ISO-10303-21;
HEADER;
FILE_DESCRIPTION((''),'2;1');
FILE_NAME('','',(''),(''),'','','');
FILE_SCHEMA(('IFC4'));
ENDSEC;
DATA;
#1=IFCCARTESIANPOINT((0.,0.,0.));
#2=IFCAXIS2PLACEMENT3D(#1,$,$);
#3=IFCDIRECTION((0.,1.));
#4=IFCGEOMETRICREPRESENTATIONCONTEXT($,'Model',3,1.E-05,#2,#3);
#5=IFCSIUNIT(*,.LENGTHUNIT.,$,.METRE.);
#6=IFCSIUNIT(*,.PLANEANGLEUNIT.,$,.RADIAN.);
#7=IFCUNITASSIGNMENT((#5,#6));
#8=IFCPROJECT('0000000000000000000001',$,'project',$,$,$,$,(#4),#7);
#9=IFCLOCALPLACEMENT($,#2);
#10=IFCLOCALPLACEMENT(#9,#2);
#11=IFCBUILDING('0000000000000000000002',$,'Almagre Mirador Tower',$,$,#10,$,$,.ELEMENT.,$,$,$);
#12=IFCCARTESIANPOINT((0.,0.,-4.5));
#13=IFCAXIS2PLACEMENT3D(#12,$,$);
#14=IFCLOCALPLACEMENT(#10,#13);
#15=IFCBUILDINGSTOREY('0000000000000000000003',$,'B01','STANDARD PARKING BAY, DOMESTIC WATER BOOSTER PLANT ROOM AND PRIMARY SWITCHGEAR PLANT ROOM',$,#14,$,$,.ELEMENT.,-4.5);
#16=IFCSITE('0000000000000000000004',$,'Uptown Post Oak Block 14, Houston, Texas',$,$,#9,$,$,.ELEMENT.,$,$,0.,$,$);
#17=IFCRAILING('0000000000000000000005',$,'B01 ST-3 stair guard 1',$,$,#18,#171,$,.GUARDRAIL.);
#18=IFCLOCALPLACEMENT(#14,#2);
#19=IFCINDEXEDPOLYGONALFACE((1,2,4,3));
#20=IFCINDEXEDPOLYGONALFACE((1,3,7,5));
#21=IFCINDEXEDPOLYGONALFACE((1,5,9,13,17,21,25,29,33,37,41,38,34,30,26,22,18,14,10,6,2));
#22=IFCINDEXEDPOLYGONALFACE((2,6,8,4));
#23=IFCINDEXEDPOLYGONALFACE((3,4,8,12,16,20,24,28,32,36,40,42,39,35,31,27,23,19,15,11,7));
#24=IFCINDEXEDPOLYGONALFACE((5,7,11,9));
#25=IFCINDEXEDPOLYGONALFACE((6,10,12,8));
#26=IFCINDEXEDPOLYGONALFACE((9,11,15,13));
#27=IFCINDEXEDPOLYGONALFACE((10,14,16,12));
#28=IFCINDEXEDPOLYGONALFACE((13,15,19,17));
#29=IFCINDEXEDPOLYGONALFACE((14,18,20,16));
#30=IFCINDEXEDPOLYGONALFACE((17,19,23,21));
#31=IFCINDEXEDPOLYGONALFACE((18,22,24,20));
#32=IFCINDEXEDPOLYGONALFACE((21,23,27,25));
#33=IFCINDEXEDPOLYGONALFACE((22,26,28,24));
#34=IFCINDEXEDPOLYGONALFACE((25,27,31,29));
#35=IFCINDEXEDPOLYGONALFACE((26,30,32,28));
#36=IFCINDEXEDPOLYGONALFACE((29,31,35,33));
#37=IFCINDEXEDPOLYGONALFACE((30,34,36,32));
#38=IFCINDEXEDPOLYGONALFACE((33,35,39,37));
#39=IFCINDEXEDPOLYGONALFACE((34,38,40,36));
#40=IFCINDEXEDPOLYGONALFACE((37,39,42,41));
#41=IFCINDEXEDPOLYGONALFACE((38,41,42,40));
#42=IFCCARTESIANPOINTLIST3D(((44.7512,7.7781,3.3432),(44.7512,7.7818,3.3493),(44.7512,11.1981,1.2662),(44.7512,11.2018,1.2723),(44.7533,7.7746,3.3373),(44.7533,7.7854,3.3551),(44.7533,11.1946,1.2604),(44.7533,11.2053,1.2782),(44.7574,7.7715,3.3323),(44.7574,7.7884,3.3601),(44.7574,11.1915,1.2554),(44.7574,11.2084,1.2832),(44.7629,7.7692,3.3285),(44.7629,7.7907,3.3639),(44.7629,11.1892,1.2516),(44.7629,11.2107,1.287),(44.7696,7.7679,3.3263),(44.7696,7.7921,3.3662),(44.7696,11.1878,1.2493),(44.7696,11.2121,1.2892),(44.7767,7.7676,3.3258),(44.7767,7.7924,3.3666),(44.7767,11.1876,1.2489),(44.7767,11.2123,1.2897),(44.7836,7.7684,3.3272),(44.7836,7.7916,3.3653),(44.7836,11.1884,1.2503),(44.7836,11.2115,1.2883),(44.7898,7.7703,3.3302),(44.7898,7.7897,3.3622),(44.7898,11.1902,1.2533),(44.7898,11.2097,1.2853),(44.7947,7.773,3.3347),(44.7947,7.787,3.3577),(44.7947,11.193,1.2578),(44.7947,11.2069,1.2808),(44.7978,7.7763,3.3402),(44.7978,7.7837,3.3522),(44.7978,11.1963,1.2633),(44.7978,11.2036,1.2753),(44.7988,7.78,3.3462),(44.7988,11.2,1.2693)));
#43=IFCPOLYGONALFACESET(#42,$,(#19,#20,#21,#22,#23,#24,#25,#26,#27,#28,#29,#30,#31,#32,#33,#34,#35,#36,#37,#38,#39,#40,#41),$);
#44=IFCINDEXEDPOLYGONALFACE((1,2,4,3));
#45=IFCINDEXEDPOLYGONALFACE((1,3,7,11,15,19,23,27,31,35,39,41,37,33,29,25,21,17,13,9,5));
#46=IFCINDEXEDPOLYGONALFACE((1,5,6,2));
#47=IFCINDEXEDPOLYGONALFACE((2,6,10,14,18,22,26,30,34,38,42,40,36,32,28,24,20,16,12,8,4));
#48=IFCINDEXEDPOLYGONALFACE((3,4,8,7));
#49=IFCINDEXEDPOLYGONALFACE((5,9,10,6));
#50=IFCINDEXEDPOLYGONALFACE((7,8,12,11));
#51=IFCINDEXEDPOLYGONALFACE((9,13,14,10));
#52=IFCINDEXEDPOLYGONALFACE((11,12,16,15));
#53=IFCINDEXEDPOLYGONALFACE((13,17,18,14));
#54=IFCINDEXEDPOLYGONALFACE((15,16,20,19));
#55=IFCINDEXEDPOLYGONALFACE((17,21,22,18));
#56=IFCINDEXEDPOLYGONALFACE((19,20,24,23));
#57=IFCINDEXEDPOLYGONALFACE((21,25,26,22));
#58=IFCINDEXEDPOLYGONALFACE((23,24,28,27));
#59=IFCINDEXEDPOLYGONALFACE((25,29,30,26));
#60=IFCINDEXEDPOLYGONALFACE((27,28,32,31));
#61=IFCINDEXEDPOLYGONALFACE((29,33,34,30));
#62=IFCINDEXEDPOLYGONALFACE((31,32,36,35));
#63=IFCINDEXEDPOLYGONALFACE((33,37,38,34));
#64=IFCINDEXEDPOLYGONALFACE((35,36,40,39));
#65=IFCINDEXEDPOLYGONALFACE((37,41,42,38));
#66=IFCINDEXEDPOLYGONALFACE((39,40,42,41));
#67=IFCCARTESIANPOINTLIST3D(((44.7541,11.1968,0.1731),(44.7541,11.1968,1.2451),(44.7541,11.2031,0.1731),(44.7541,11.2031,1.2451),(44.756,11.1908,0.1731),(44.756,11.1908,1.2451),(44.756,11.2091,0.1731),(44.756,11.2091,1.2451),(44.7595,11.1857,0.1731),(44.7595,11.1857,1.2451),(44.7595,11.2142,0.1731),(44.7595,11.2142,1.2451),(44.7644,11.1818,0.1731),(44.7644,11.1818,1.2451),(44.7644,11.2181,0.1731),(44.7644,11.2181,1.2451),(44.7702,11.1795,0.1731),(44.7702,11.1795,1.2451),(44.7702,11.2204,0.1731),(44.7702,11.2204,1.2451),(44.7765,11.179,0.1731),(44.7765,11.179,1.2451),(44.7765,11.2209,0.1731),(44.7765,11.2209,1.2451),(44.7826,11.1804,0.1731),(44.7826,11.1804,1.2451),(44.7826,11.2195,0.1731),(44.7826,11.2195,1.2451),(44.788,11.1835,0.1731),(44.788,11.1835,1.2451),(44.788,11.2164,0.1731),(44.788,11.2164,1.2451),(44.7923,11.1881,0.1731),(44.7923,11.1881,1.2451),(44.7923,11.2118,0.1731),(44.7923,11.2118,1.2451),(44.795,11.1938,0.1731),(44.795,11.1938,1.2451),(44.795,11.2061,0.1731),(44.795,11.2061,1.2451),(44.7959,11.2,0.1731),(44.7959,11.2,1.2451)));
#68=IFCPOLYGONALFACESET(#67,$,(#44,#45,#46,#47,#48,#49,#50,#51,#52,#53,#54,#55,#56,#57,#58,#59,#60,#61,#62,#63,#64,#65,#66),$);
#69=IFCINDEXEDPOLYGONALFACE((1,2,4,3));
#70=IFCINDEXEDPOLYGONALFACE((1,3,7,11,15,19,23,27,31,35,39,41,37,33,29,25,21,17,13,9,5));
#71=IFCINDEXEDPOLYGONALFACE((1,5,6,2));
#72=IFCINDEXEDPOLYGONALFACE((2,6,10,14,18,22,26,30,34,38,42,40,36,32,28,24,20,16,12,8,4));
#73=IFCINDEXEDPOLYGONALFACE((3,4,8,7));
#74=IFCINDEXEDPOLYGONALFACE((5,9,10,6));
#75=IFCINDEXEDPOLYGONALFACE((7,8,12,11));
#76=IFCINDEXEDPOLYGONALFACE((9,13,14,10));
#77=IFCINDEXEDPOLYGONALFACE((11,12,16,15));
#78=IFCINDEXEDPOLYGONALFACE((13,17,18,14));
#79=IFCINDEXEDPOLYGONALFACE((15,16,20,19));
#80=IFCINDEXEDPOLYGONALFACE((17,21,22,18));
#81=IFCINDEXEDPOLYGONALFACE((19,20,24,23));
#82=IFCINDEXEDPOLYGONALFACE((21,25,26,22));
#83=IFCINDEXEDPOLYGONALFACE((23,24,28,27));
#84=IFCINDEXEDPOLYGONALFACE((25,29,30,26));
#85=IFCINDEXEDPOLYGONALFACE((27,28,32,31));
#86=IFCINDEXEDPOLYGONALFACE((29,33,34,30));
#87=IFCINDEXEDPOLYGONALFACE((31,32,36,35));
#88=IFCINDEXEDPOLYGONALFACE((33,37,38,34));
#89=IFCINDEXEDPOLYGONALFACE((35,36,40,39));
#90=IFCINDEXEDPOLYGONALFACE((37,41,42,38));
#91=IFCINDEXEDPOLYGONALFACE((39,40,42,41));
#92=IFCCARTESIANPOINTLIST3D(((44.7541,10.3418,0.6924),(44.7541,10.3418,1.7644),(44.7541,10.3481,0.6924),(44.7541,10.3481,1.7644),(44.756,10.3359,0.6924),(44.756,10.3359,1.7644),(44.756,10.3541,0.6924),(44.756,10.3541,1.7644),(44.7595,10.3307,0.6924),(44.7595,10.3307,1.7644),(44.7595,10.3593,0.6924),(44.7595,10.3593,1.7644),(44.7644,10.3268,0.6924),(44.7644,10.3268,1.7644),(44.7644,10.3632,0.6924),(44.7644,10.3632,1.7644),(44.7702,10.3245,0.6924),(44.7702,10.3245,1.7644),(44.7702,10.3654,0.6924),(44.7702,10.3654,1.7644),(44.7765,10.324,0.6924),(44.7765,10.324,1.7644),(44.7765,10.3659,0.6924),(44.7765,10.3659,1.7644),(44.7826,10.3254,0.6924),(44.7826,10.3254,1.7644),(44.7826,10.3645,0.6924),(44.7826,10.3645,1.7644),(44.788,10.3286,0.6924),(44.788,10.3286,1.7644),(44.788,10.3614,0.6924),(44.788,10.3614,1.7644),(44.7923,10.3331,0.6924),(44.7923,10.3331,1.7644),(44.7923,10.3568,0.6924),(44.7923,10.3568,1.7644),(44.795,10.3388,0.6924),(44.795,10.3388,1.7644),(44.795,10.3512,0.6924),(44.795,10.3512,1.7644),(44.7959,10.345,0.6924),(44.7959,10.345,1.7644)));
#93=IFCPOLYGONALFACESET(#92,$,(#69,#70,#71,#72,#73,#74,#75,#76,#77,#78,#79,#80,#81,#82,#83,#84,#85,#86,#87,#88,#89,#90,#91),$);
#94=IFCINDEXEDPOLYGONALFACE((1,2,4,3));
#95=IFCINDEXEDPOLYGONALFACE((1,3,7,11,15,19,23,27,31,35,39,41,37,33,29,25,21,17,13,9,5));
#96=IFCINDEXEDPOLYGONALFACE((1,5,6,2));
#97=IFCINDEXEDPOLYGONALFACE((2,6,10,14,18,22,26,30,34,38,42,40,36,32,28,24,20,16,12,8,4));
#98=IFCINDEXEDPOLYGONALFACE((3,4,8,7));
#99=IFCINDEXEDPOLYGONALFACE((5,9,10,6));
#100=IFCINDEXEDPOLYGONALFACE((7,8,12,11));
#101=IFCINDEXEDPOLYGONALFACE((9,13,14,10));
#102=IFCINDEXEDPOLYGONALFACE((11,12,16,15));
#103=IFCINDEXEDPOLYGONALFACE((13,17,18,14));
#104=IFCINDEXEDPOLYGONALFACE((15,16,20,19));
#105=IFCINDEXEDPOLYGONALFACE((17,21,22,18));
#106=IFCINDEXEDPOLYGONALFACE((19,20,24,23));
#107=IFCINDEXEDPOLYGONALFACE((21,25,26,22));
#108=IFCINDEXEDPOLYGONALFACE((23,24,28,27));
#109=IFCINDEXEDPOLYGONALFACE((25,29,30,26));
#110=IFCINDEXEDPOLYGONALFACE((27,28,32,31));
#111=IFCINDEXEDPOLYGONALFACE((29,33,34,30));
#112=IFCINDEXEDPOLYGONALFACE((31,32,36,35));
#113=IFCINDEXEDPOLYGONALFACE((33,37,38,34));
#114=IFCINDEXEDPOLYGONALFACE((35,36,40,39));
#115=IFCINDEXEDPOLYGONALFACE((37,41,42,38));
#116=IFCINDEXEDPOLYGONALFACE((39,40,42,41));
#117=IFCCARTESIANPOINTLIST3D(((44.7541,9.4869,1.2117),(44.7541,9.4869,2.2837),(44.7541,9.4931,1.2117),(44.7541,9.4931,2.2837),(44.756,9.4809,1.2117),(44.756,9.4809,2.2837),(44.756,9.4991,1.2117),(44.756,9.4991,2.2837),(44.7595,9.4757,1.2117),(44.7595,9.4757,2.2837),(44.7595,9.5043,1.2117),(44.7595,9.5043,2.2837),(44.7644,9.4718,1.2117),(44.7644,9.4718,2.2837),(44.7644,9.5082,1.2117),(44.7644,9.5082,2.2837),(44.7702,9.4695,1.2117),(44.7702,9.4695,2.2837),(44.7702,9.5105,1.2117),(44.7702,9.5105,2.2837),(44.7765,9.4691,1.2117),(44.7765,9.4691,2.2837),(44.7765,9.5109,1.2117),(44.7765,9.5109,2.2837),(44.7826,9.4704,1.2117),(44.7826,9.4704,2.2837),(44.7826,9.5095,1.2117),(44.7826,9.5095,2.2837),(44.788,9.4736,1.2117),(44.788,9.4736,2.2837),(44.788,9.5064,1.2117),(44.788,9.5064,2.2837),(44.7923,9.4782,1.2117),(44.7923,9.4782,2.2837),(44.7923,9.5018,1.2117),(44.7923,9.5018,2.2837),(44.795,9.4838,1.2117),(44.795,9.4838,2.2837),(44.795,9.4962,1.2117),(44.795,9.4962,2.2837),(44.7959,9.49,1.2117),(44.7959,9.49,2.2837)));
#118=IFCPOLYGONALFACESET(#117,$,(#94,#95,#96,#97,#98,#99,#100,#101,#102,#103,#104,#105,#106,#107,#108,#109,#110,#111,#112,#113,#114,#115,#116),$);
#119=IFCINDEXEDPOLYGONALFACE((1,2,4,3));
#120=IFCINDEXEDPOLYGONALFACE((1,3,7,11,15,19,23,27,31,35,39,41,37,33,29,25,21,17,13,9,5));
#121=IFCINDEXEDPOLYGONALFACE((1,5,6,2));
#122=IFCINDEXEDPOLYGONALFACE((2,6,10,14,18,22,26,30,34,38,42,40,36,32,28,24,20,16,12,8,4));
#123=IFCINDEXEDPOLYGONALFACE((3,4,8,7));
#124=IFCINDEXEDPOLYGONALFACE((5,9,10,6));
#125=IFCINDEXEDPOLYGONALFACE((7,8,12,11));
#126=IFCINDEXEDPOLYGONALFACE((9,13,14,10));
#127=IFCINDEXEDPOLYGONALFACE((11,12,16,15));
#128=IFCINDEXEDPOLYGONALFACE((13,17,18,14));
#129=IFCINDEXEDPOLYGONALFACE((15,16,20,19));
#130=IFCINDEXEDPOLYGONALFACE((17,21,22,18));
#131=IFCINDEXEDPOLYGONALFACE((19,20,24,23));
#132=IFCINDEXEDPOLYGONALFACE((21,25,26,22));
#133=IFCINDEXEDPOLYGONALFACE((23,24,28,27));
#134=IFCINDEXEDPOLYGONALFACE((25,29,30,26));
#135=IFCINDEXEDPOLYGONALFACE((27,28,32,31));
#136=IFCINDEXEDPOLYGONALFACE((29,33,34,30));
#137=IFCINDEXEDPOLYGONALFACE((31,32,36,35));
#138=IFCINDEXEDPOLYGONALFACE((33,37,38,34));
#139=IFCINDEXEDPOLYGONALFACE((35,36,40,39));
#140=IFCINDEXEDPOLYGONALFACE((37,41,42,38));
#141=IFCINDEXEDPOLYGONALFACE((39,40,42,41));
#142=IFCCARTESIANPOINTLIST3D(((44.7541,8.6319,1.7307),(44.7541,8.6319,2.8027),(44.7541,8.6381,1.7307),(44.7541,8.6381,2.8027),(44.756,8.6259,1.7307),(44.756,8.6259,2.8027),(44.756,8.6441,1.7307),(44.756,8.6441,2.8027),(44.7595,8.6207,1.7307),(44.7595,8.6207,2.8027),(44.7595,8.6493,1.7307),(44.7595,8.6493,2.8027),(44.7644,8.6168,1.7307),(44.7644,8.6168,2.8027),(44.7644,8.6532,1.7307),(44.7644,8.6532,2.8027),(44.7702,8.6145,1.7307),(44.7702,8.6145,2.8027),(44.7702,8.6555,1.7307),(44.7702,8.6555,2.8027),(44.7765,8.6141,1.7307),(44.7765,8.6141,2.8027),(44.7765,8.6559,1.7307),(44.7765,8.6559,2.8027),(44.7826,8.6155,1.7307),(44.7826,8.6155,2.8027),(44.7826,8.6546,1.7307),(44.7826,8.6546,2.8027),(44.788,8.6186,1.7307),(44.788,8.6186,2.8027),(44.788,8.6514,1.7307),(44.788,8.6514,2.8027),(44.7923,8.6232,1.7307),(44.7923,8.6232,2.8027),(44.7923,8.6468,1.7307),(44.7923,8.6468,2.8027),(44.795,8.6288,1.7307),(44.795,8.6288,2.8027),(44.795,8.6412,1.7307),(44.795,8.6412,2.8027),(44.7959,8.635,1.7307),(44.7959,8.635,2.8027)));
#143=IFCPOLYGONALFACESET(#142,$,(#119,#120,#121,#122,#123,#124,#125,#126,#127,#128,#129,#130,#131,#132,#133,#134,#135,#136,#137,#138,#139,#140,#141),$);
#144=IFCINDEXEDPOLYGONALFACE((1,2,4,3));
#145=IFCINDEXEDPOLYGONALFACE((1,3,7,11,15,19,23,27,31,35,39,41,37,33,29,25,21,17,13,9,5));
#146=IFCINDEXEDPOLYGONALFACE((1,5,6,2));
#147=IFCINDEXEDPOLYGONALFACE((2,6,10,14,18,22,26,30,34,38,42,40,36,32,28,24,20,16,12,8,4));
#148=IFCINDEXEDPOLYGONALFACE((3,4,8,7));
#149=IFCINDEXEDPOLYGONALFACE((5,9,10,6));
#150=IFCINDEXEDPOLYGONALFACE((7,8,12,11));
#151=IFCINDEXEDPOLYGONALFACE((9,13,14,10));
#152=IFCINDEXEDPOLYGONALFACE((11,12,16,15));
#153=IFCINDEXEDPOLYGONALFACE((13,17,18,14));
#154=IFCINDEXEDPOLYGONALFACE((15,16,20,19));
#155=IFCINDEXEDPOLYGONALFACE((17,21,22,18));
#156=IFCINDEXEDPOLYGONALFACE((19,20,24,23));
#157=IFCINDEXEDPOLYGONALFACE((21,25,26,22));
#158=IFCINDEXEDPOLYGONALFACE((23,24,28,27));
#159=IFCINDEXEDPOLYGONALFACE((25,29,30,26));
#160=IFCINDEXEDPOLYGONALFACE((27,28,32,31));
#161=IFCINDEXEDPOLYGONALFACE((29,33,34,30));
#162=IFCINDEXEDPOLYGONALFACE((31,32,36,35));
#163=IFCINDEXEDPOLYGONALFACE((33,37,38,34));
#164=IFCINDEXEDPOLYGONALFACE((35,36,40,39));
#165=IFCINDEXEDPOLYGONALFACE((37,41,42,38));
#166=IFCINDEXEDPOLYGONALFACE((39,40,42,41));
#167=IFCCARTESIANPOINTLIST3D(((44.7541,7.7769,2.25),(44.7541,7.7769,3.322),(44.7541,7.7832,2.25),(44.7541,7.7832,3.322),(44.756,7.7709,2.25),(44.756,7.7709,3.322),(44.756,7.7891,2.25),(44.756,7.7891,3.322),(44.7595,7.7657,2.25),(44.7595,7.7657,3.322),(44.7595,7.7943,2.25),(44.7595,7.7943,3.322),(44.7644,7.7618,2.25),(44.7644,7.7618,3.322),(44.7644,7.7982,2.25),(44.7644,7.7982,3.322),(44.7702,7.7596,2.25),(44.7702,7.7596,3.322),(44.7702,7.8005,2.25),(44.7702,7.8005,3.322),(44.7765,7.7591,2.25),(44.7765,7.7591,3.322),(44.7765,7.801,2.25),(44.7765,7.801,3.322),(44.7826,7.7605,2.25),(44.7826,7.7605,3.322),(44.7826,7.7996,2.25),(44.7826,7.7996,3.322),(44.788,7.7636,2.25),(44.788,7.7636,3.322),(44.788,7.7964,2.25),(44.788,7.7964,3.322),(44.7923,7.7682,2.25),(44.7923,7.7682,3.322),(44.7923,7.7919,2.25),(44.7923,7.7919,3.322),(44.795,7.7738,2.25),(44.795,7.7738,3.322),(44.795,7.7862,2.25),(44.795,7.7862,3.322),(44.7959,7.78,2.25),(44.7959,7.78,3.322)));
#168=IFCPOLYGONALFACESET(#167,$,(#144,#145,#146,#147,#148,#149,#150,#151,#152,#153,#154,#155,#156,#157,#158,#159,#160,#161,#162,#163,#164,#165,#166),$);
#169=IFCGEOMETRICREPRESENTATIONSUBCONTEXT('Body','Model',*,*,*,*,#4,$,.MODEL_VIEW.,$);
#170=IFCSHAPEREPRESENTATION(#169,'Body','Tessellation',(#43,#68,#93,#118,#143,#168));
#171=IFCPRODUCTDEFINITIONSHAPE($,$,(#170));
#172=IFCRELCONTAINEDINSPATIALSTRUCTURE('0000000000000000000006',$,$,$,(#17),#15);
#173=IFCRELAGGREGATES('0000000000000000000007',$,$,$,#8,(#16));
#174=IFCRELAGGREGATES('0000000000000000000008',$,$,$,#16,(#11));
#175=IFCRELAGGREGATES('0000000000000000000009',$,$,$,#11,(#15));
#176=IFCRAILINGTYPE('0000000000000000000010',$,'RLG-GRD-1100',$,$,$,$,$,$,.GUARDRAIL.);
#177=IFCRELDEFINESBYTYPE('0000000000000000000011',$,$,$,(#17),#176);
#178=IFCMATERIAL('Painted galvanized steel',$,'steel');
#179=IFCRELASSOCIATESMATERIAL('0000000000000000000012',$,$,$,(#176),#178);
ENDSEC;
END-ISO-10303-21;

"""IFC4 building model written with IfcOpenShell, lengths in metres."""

from ifc_helpers import new_model, si_unit, direction, frame, origin, origin_2d, place, context, subcontext, project, spatial, circle, extrude, material, type_object, element, save


model = new_model("IFC4")

# Units and contexts
model_context = context("Model", 3, precision=1e-05, world=origin(), true_north=direction((0.0, 1.0)))
body_context = subcontext(model_context, "Body", "Model", "MODEL_VIEW")
ifc_project = project(units=[si_unit("LENGTHUNIT", "METRE"), si_unit("PLANEANGLEUNIT", "RADIAN")], contexts=[model_context])

# Site, building, storey
site_placement = place(None, origin())
site = spatial("IfcSite", under=ifc_project, at=site_placement, Name="Uptown Post Oak Block 14, Houston, Texas", CompositionType="ELEMENT", RefElevation=0.0)
building_placement = place(site_placement, origin())
building = spatial("IfcBuilding", under=site, at=building_placement, Name="Almagre Mirador Tower", CompositionType="ELEMENT")
storey_placement = place(building_placement, frame((0.0, 0.0, -4.5)))
storey = spatial("IfcBuildingStorey", under=building, at=storey_placement, Name="B01", Description="STANDARD PARKING BAY, DOMESTIC WATER BOOSTER PLANT ROOM AND PRIMARY SWITCHGEAR PLANT ROOM", CompositionType="ELEMENT", Elevation=-4.5)

# Railing
ifc_material_1 = material(Name="Painted galvanized steel", Category="steel")
railing_type_1 = type_object("IfcRailingType", Name="RLG-GRD-1100", PredefinedType="GUARDRAIL", material=ifc_material_1)
railing_1_placement = place(storey_placement, frame((44.7749, 11.2, 0.1731)))
element("IfcRailing", 1, at=railing_1_placement, inside=storey, type_object=railing_type_1, Name="B01 ST-3 stair guard 1", PredefinedType="GUARDRAIL", context=body_context, shape_type="SweptSolid", body=[
    extrude(circle(Radius=0.0239, at=origin_2d()), frame((0.0, 0.0, 1.0962), z_axis=(0.0, -0.85473, 0.519074), x_axis=(1.0, 0.0, 0.0)), (0.0, 0.0, 1.0), 4.0012),
    extrude(circle(Radius=0.021, at=origin_2d()), origin(), (0.0, 0.0, 1.0), 1.072),
    extrude(circle(Radius=0.021, at=origin_2d()), frame((0.0, -0.855, 0.5193)), (0.0, 0.0, 1.0), 1.072),
    extrude(circle(Radius=0.021, at=origin_2d()), frame((0.0, -1.71, 1.0386)), (0.0, 0.0, 1.0), 1.072),
    extrude(circle(Radius=0.021, at=origin_2d()), frame((0.0, -2.5649, 1.5576)), (0.0, 0.0, 1.0), 1.072),
    extrude(circle(Radius=0.021, at=origin_2d()), frame((0.0, -3.4199, 2.0769)), (0.0, 0.0, 1.0), 1.072),
])

save(model, "model.ifc")
